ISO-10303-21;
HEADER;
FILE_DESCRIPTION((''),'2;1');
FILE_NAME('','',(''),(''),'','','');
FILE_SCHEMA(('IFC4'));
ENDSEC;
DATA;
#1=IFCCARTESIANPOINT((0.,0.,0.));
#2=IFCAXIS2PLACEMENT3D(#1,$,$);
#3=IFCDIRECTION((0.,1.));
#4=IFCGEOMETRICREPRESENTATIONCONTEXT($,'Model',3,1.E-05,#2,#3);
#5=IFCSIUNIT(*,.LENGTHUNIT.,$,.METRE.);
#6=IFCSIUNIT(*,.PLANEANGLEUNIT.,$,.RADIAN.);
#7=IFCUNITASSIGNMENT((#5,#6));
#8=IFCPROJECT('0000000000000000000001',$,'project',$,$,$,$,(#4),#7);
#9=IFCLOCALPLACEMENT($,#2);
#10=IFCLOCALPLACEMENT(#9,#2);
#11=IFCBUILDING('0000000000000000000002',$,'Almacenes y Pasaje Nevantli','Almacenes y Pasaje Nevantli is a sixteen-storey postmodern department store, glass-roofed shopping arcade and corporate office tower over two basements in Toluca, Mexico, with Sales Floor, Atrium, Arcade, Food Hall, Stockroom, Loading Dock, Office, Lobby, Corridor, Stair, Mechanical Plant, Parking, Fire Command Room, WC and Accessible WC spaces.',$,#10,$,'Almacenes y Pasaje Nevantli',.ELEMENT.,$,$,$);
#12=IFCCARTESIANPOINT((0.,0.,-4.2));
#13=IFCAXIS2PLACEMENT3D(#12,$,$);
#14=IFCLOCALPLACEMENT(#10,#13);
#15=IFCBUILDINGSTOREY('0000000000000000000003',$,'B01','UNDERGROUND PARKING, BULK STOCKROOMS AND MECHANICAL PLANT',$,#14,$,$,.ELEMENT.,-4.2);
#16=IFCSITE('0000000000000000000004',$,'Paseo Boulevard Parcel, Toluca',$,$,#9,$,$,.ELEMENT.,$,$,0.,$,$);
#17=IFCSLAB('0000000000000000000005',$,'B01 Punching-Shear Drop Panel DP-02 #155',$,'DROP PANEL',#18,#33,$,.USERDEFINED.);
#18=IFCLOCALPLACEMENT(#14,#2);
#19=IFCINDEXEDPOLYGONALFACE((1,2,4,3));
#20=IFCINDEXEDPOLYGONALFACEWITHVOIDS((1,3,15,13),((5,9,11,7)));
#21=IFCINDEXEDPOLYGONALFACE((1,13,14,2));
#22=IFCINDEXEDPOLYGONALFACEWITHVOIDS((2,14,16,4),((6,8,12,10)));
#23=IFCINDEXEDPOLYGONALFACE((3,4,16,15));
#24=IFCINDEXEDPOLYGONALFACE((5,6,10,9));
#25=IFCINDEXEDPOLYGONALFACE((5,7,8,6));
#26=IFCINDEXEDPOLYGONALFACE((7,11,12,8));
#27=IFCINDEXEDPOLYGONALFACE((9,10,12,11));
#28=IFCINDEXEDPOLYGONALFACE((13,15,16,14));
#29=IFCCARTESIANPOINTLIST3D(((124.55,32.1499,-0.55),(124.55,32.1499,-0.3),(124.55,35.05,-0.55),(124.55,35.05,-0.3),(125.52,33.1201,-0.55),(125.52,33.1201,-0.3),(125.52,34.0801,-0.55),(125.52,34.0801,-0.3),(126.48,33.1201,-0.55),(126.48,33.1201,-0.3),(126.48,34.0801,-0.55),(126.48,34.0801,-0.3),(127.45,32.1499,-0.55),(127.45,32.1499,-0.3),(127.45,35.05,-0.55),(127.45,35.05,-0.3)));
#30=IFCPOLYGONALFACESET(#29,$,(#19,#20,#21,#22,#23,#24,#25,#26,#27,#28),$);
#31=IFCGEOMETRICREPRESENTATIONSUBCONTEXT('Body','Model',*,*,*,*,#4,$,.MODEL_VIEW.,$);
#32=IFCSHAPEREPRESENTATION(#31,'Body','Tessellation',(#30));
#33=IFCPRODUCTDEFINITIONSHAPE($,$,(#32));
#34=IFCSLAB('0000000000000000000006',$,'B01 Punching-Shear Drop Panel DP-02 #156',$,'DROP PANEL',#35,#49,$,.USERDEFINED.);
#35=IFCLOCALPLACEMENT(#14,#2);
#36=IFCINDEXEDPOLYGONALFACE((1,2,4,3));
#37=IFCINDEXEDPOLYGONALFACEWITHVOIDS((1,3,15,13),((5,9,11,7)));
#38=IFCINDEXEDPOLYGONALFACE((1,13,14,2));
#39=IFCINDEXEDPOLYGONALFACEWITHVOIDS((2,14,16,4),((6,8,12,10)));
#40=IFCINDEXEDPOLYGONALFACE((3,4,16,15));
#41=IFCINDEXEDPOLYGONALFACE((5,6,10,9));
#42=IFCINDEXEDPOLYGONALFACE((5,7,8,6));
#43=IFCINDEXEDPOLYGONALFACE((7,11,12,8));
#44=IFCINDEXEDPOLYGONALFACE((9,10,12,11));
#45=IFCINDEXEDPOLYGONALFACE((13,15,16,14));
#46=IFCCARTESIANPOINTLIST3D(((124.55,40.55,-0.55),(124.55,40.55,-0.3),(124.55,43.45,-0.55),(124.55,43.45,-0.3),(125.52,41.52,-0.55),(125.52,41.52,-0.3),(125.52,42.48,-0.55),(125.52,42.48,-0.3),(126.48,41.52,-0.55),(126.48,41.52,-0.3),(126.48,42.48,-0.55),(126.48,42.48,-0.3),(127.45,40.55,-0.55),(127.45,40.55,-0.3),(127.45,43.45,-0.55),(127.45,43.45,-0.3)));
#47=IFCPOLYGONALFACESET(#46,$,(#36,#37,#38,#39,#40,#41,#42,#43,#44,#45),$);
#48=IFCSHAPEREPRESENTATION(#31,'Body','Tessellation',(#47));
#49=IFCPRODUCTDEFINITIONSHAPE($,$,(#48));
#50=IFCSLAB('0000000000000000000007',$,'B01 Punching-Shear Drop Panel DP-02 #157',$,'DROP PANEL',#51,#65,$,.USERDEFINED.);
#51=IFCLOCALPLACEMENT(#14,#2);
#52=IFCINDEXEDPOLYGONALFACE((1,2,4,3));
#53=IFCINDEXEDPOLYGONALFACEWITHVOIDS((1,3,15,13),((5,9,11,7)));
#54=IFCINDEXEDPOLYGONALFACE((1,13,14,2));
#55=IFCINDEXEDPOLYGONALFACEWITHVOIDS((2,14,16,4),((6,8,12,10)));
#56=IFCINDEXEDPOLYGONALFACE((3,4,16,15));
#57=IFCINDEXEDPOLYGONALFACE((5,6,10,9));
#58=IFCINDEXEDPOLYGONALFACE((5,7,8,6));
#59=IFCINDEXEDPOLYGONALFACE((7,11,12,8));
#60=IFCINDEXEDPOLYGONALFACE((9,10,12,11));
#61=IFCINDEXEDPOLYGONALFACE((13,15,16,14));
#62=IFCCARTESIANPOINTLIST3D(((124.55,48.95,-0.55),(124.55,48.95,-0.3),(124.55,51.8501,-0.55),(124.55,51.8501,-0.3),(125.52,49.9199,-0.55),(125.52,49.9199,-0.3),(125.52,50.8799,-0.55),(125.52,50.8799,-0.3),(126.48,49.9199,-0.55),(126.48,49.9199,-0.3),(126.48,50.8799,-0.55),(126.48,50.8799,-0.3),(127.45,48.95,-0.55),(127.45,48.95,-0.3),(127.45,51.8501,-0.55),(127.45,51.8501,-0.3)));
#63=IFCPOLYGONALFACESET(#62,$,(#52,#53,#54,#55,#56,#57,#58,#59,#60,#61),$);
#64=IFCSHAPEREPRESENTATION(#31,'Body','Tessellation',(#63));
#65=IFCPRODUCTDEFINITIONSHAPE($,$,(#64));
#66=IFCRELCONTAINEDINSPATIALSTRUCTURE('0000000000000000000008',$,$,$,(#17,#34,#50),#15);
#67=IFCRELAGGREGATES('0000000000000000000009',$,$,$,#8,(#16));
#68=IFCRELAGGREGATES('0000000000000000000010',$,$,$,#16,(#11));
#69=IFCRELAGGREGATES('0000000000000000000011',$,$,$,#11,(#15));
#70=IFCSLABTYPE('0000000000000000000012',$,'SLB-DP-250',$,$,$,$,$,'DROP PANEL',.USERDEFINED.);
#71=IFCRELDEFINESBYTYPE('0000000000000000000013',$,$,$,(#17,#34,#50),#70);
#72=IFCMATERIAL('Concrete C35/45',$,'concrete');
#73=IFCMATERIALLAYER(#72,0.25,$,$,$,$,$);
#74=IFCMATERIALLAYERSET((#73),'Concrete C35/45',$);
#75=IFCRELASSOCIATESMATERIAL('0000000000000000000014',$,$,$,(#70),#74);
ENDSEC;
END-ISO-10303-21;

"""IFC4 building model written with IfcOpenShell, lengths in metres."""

from ifc_helpers import new_model, si_unit, direction, frame, origin, place, context, subcontext, project, spatial, polyline, outline, extrude, material, layer, layer_set, type_object, element, save


model = new_model("IFC4")

# Units and contexts
model_context = context("Model", 3, precision=1e-05, world=origin(), true_north=direction((0.0, 1.0)))
body_context = subcontext(model_context, "Body", "Model", "MODEL_VIEW")
ifc_project = project(units=[si_unit("LENGTHUNIT", "METRE"), si_unit("PLANEANGLEUNIT", "RADIAN")], contexts=[model_context])

# Site, building, storey
site_placement = place(None, origin())
site = spatial("IfcSite", under=ifc_project, at=site_placement, Name="Paseo Boulevard Parcel, Toluca", CompositionType="ELEMENT", RefElevation=0.0)
building_placement = place(site_placement, origin())
building = spatial("IfcBuilding", under=site, at=building_placement, Name="Almacenes y Pasaje Nevantli", Description="Almacenes y Pasaje Nevantli is a sixteen-storey postmodern department store, glass-roofed shopping arcade and corporate office tower over two basements in Toluca, Mexico, with Sales Floor, Atrium, Arcade, Food Hall, Stockroom, Loading Dock, Office, Lobby, Corridor, Stair, Mechanical Plant, Parking, Fire Command Room, WC and Accessible WC spaces.", LongName="Almacenes y Pasaje Nevantli", CompositionType="ELEMENT")
storey_placement = place(building_placement, frame((0.0, 0.0, -4.2)))
storey = spatial("IfcBuildingStorey", under=building, at=storey_placement, Name="B01", Description="UNDERGROUND PARKING, BULK STOCKROOMS AND MECHANICAL PLANT", CompositionType="ELEMENT", Elevation=-4.2)

# Slabs
ifc_material = material(Name="Concrete C35/45", Category="concrete")
ifc_layer = layer(ifc_material, 0.25)
ifc_layer_set = layer_set([ifc_layer], Name="Concrete C35/45")
slab_type = type_object("IfcSlabType", Name="SLB-DP-250", ElementType="DROP PANEL", PredefinedType="USERDEFINED", material=ifc_layer_set)
slab_1_placement = place(storey_placement, frame((0.0, 0.0, -0.55)))
element("IfcSlab", 1, at=slab_1_placement, inside=storey, type_object=slab_type, Name="B01 Punching-Shear Drop Panel DP-02 #155", ObjectType="DROP PANEL", PredefinedType="USERDEFINED", context=body_context, shape_type="SweptSolid", body=[
    extrude(outline(polyline([(124.55, 32.1499), (127.45, 32.1499), (127.45, 35.05), (124.55, 35.05), (124.55, 32.1499)]), holes=[polyline([(125.52, 33.1201), (126.48, 33.1201), (126.48, 34.0801), (125.52, 34.0801), (125.52, 33.1201)])]), origin(), (0.0, 0.0, 1.0), 0.25),
])
slab_2_placement = place(storey_placement, frame((0.0, 0.0, -0.55)))
element("IfcSlab", 2, at=slab_2_placement, inside=storey, type_object=slab_type, Name="B01 Punching-Shear Drop Panel DP-02 #156", ObjectType="DROP PANEL", PredefinedType="USERDEFINED", context=body_context, shape_type="SweptSolid", body=[
    extrude(outline(polyline([(124.55, 40.55), (127.45, 40.55), (127.45, 43.45), (124.55, 43.45), (124.55, 40.55)]), holes=[polyline([(125.52, 41.52), (126.48, 41.52), (126.48, 42.48), (125.52, 42.48), (125.52, 41.52)])]), origin(), (0.0, 0.0, 1.0), 0.25),
])
slab_3_placement = place(storey_placement, frame((0.0, 0.0, -0.55)))
element("IfcSlab", 3, at=slab_3_placement, inside=storey, type_object=slab_type, Name="B01 Punching-Shear Drop Panel DP-02 #157", ObjectType="DROP PANEL", PredefinedType="USERDEFINED", context=body_context, shape_type="SweptSolid", body=[
    extrude(outline(polyline([(124.55, 48.95), (127.45, 48.95), (127.45, 51.8501), (124.55, 51.8501), (124.55, 48.95)]), holes=[polyline([(125.52, 49.9199), (126.48, 49.9199), (126.48, 50.8799), (125.52, 50.8799), (125.52, 49.9199)])]), origin(), (0.0, 0.0, 1.0), 0.25),
])

save(model, "model.ifc")
